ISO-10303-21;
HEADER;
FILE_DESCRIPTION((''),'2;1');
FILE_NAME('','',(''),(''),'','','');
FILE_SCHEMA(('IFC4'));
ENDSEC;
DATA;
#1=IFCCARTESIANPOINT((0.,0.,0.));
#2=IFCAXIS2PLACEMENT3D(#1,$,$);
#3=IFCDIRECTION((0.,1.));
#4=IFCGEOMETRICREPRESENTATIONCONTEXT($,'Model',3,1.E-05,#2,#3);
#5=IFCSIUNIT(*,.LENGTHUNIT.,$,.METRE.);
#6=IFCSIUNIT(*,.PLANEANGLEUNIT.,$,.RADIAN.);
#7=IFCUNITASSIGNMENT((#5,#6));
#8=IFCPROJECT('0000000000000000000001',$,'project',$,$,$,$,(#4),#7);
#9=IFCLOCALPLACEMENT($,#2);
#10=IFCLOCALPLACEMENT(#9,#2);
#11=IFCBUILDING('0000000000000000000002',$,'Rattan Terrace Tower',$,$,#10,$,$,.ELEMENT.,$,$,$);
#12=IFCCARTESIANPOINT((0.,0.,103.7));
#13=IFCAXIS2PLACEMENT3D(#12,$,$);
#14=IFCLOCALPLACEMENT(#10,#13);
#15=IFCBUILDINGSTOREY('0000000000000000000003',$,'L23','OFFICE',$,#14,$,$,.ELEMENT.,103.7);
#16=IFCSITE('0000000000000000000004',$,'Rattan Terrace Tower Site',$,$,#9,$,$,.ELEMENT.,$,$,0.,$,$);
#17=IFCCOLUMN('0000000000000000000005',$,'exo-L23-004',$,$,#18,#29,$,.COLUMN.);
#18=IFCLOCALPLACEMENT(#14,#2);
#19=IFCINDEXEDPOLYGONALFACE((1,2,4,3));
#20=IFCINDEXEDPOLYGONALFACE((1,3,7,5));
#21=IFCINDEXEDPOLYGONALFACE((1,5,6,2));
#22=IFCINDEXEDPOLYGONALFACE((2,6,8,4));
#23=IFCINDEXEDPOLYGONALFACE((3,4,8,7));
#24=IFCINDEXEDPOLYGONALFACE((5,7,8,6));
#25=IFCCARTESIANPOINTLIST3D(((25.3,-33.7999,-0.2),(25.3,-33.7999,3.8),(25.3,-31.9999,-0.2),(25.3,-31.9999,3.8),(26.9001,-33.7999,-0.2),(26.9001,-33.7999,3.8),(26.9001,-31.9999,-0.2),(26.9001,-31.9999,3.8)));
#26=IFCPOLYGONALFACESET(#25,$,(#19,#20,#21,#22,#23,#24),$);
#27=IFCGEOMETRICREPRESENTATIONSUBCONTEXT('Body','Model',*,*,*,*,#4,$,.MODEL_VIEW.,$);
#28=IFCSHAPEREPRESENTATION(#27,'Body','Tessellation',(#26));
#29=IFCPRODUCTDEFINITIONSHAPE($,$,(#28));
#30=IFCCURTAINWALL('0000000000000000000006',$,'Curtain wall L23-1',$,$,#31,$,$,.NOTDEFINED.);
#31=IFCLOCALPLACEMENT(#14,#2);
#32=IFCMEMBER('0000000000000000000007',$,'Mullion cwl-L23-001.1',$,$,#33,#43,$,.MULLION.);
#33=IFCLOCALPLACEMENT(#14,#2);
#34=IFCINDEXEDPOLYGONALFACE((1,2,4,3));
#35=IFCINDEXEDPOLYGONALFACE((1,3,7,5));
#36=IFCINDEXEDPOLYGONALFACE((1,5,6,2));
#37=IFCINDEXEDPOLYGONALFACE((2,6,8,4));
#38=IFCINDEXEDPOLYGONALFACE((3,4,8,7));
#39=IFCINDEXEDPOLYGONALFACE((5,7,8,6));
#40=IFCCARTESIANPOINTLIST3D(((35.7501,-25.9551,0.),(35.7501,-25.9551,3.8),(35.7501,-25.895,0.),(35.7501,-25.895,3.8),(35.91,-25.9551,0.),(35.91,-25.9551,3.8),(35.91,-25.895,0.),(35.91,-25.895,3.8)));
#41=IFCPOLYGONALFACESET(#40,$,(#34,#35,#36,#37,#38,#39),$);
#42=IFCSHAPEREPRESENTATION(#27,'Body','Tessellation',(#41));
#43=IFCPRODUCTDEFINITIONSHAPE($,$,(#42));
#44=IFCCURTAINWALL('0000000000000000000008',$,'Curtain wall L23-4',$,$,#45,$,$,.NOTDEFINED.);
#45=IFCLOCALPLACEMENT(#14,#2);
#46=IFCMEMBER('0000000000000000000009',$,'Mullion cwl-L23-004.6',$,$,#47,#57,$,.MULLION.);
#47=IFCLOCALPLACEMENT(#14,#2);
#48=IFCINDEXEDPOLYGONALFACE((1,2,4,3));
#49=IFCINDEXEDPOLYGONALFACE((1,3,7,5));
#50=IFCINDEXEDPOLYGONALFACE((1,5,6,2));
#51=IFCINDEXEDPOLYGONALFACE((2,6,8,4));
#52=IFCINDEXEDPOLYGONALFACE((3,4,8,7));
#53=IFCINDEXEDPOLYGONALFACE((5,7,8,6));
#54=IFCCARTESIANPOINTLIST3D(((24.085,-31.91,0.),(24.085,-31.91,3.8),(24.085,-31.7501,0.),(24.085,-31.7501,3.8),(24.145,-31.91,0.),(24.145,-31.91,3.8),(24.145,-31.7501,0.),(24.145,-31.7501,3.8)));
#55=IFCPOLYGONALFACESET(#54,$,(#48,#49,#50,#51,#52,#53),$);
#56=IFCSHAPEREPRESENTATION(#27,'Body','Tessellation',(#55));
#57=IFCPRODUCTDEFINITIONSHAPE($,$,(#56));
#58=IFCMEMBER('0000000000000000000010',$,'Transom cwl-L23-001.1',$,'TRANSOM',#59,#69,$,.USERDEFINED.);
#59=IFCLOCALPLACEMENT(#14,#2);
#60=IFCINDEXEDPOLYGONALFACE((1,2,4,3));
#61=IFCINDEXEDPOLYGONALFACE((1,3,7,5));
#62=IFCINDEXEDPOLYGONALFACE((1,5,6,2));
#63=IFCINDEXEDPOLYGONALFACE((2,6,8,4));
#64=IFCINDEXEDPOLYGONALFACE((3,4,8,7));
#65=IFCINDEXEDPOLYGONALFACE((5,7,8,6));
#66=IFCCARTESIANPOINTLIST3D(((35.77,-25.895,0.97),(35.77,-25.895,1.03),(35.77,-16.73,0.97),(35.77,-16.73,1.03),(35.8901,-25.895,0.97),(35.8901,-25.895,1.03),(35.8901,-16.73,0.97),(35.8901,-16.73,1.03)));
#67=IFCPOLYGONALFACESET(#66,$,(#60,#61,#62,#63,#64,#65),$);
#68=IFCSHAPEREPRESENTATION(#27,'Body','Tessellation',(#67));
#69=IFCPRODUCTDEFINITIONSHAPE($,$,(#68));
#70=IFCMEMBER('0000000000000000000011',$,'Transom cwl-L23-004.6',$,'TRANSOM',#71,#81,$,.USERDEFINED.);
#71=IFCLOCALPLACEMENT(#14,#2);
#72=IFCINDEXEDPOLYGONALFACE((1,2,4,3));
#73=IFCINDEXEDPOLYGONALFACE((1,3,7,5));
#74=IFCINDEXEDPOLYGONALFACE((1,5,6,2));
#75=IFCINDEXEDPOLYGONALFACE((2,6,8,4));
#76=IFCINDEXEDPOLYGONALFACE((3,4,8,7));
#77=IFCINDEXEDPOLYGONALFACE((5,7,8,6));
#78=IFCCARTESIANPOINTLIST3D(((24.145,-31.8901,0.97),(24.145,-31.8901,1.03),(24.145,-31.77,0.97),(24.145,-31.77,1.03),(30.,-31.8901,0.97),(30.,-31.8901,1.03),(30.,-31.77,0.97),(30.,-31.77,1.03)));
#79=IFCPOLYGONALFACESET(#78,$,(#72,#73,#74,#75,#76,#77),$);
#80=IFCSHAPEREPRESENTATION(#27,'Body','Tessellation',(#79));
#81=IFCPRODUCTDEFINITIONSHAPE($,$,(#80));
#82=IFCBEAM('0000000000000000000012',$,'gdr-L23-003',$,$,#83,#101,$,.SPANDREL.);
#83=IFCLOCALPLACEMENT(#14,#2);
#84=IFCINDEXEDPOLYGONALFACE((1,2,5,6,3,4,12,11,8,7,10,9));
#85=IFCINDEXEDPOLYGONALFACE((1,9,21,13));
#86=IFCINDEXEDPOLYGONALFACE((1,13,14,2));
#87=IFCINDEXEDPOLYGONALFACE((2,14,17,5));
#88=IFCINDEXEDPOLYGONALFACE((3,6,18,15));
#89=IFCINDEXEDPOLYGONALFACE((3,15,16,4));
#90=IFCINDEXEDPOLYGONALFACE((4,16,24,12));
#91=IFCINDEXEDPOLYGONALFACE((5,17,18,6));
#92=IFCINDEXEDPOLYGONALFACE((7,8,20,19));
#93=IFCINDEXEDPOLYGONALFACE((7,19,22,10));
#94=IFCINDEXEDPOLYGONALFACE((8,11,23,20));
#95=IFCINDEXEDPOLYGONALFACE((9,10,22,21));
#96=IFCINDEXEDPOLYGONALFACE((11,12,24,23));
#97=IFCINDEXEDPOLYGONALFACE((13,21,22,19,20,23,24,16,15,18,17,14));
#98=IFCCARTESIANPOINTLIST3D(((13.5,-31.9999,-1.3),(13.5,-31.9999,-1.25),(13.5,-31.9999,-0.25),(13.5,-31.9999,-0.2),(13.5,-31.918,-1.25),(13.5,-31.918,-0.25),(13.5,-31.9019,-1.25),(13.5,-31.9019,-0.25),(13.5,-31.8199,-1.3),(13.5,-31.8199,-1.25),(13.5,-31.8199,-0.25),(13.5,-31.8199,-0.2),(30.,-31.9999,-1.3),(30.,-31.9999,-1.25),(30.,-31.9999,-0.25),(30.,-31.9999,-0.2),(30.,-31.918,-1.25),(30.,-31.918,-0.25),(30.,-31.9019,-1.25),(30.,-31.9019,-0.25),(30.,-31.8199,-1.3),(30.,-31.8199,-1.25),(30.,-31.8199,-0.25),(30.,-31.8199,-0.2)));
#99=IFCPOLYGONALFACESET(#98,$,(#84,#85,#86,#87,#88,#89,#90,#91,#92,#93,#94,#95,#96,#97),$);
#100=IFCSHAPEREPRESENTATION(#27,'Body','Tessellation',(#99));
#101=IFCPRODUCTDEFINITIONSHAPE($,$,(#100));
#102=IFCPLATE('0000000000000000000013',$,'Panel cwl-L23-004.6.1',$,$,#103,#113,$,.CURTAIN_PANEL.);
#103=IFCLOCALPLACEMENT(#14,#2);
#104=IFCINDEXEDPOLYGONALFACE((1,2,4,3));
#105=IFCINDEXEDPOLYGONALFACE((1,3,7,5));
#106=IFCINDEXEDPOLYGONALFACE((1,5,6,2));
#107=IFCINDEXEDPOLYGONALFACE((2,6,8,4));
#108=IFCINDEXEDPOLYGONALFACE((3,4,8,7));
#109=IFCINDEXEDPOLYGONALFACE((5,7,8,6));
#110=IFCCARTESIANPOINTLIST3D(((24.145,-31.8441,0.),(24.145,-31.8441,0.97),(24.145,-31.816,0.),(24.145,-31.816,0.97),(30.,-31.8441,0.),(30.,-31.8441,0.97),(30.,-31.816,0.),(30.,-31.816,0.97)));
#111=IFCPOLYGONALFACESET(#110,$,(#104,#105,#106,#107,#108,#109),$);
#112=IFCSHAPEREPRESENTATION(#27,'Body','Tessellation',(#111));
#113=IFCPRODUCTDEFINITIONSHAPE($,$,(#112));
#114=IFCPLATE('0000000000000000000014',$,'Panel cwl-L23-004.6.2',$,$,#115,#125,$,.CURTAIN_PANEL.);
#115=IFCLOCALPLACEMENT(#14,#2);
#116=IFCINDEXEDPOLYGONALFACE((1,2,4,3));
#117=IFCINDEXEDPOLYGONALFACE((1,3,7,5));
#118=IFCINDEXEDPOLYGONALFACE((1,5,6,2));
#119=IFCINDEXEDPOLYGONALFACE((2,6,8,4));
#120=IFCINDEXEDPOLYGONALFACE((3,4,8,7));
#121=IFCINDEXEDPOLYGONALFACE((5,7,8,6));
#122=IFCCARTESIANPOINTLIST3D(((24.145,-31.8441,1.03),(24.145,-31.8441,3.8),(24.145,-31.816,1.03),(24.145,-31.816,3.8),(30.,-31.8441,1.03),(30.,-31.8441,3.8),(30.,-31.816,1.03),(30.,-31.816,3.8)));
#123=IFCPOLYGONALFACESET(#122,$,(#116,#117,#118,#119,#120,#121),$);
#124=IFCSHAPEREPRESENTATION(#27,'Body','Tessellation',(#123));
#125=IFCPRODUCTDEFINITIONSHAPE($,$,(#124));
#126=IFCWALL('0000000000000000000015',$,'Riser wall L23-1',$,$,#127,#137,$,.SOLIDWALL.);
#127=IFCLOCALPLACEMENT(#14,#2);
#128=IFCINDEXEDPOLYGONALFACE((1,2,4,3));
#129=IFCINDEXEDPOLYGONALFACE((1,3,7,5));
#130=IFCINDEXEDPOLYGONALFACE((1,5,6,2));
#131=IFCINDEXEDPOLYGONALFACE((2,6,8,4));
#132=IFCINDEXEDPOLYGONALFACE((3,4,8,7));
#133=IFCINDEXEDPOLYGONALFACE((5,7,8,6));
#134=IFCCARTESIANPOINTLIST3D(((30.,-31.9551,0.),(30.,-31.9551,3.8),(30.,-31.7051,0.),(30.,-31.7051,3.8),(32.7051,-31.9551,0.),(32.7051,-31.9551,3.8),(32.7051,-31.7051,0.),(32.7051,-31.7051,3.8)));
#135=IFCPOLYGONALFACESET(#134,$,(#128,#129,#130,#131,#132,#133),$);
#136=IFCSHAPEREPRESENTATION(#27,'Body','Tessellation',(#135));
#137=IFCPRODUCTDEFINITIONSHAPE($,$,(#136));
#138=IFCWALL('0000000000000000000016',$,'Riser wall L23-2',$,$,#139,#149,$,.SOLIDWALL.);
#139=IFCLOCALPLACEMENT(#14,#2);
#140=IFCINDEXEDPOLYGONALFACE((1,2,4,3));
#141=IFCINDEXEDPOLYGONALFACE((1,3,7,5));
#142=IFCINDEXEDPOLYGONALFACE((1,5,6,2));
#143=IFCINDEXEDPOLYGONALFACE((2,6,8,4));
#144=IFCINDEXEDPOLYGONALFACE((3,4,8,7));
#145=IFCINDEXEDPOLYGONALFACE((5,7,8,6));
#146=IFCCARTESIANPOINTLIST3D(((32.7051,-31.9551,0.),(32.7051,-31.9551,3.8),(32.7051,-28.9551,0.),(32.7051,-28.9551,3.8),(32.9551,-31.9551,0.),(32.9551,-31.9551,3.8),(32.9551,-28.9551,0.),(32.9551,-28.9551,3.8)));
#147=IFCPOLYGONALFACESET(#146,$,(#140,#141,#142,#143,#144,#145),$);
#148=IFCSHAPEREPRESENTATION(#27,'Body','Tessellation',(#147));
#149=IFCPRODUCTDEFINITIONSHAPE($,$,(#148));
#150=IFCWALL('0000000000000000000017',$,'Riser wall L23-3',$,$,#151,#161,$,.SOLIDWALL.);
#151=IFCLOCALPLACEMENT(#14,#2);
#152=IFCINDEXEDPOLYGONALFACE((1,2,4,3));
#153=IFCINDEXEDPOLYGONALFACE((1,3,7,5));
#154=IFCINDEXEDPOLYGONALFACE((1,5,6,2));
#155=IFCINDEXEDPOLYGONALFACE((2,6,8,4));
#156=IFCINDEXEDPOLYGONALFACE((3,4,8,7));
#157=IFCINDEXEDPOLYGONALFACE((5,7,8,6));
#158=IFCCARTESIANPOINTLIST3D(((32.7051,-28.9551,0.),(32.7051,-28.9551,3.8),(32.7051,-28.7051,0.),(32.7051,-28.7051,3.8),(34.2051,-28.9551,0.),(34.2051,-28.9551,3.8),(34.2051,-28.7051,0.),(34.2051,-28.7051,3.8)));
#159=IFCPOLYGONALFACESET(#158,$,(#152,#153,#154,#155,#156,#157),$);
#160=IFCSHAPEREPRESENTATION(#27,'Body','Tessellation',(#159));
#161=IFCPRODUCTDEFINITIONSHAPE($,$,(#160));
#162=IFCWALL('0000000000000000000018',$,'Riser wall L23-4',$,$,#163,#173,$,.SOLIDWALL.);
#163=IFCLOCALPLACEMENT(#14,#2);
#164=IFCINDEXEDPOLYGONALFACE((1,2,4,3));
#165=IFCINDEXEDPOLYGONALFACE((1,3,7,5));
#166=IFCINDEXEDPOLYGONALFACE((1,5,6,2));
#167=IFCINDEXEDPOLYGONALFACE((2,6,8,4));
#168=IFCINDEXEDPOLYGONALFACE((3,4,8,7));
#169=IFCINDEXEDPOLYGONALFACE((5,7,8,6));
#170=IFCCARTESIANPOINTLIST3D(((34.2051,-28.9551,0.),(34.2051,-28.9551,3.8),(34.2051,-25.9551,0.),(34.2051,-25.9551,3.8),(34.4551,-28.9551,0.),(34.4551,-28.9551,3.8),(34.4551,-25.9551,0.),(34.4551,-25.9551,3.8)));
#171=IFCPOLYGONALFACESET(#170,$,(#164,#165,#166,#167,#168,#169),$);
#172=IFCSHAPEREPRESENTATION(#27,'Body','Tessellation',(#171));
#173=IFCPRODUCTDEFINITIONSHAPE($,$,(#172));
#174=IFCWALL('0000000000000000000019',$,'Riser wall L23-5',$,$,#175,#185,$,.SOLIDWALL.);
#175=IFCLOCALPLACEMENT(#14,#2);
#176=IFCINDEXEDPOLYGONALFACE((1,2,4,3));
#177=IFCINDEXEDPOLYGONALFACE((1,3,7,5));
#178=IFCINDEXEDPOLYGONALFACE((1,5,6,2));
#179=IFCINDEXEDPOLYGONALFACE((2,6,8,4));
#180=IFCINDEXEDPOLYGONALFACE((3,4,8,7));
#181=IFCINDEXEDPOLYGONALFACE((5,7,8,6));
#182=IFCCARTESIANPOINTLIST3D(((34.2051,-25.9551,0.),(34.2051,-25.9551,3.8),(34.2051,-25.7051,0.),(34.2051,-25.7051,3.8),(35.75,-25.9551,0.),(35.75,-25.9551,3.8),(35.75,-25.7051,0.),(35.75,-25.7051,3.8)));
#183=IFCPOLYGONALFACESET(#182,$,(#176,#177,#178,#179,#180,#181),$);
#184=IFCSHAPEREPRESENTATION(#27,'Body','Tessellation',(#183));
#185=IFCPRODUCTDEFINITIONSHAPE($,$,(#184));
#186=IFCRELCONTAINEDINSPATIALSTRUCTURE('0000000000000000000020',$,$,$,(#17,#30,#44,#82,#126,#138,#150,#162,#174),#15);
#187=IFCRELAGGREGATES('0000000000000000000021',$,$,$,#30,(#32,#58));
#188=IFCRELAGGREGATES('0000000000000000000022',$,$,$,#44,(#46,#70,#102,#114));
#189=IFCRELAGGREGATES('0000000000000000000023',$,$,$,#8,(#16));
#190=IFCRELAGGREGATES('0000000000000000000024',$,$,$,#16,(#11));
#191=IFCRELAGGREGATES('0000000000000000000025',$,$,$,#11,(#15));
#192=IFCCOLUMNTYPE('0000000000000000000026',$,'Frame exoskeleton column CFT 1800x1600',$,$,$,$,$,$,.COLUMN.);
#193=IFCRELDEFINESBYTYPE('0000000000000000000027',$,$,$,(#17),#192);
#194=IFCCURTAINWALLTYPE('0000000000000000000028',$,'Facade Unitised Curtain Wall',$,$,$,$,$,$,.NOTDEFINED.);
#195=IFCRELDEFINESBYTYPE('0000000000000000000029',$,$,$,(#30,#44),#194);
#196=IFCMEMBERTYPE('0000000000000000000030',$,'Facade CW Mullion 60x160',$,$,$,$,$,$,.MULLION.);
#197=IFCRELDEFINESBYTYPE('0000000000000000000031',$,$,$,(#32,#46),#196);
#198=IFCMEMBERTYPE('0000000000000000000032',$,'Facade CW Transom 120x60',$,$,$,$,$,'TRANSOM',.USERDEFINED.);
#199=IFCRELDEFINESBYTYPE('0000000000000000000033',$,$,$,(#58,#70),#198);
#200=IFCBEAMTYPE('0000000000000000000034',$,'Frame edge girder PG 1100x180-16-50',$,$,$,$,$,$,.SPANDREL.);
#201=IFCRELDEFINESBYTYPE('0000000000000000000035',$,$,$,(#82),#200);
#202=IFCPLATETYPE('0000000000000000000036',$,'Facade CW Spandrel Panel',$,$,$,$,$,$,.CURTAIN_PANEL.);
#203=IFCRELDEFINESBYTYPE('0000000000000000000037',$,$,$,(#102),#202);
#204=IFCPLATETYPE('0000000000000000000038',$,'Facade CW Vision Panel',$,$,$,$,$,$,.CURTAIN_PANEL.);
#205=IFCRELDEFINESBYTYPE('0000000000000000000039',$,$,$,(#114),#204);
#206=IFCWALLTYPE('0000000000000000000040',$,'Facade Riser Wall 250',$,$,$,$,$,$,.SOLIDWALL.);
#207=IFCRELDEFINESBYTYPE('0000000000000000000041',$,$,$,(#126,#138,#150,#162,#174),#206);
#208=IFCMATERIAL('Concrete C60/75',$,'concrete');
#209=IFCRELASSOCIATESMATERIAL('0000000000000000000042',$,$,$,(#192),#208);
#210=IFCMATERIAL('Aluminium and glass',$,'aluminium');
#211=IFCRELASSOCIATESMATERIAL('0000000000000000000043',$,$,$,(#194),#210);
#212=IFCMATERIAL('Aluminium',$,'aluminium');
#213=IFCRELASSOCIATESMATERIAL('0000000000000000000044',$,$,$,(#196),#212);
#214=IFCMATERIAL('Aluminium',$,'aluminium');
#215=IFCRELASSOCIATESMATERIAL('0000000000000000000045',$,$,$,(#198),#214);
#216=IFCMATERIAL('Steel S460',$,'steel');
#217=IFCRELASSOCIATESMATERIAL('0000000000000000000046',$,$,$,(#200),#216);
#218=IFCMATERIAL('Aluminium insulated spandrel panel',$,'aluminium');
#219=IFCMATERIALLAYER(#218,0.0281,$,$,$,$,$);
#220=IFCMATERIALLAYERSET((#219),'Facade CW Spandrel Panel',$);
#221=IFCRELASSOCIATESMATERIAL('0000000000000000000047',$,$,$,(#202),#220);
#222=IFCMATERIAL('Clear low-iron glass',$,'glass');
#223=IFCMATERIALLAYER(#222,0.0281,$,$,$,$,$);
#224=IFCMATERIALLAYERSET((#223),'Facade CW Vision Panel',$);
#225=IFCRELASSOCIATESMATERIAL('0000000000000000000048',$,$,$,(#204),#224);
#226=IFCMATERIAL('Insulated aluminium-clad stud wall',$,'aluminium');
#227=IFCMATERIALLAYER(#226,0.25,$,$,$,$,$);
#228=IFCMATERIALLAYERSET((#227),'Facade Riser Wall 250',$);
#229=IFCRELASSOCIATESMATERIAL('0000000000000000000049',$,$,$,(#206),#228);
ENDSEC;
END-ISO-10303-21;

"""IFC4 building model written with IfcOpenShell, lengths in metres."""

from ifc_helpers import new_model, si_unit, direction, frame, frame_2d, origin, origin_2d, place, context, subcontext, project, spatial, rectangle, i_section, extrude, material, layer, layer_set, material_profile, profile_set, type_object, element, aggregate, save


model = new_model("IFC4")

# Units and contexts
model_context = context("Model", 3, precision=1e-05, world=origin(), true_north=direction((0.0, 1.0)))
body_context = subcontext(model_context, "Body", "Model", "MODEL_VIEW")
ifc_project = project(units=[si_unit("LENGTHUNIT", "METRE"), si_unit("PLANEANGLEUNIT", "RADIAN")], contexts=[model_context])

# Site, building, storey
site_placement = place(None, origin())
site = spatial("IfcSite", under=ifc_project, at=site_placement, Name="Rattan Terrace Tower Site", CompositionType="ELEMENT", RefElevation=0.0)
building_placement = place(site_placement, origin())
building = spatial("IfcBuilding", under=site, at=building_placement, Name="Rattan Terrace Tower", CompositionType="ELEMENT")
storey_placement = place(building_placement, frame((0.0, 0.0, 103.7)))
storey = spatial("IfcBuildingStorey", under=building, at=storey_placement, Name="L23", Description="OFFICE", CompositionType="ELEMENT", Elevation=103.7)

# Column
ifc_material_1 = material(Name="Concrete C60/75", Category="concrete")
ifc_material_profile_1 = material_profile(ifc_material_1, rectangle(XDim=1.6001, YDim=1.8, at=origin_2d()), Name="CFT 1800x1600")
ifc_profile_set_1 = profile_set([ifc_material_profile_1], Name="Concrete C60/75")
column_type = type_object("IfcColumnType", Name="Frame exoskeleton column CFT 1800x1600", PredefinedType="COLUMN", material=ifc_profile_set_1)
column_placement = place(storey_placement, frame((26.1001, -32.8999, -0.2), z_axis=(0.0, 0.0, 1.0), x_axis=(1.0, 0.0, 0.0)))
element("IfcColumn", 1, at=column_placement, inside=storey, type_object=column_type, Name="exo-L23-004", PredefinedType="COLUMN", context=body_context, shape_type="SweptSolid", body=[
    extrude(rectangle(XDim=1.6001, YDim=1.8, at=origin_2d()), origin(), (0.0, 0.0, 1.0), 4.0),
])

# Curtain walls, members
ifc_material_2 = material(Name="Aluminium and glass", Category="aluminium")
curtain_wall_type = type_object("IfcCurtainWallType", Name="Facade Unitised Curtain Wall", PredefinedType="NOTDEFINED", material=ifc_material_2)
curtain_wall_1_placement = place(storey_placement, origin())
curtain_wall_1 = element("IfcCurtainWall", 2, at=curtain_wall_1_placement, inside=storey, type_object=curtain_wall_type, Name="Curtain wall L23-1", PredefinedType="NOTDEFINED")
ifc_material_3 = material(Name="Aluminium", Category="aluminium")
ifc_material_profile_2 = material_profile(ifc_material_3, rectangle(XDim=0.0601, YDim=0.1599, at=origin_2d()), Name="Aluminium 60x160")
ifc_profile_set_2 = profile_set([ifc_material_profile_2], Name="Aluminium")
member_type_1 = type_object("IfcMemberType", Name="Facade CW Mullion 60x160", PredefinedType="MULLION", material=ifc_profile_set_2)
member_1_placement = place(storey_placement, frame((35.8301, -25.925, 0.0), z_axis=(0.0, 0.0, 1.0), x_axis=(0.0, 1.0, 0.0)))
member_1 = element("IfcMember", 3, at=member_1_placement, type_object=member_type_1, Name="Mullion cwl-L23-001.1", PredefinedType="MULLION", context=body_context, shape_type="SweptSolid", body=[
    extrude(rectangle(XDim=0.0601, YDim=0.1599, at=origin_2d()), origin(), (0.0, 0.0, 1.0), 3.8),
])
curtain_wall_2_placement = place(storey_placement, origin())
curtain_wall_2 = element("IfcCurtainWall", 4, at=curtain_wall_2_placement, inside=storey, type_object=curtain_wall_type, Name="Curtain wall L23-4", PredefinedType="NOTDEFINED")
member_2_placement = place(storey_placement, frame((24.115, -31.8301, 0.0), z_axis=(0.0, 0.0, 1.0), x_axis=(1.0, 0.0, 0.0)))
member_2 = element("IfcMember", 5, at=member_2_placement, type_object=member_type_1, Name="Mullion cwl-L23-004.6", PredefinedType="MULLION", context=body_context, shape_type="SweptSolid", body=[
    extrude(rectangle(XDim=0.0601, YDim=0.1599, at=origin_2d()), origin(), (0.0, 0.0, 1.0), 3.8),
])

# Members
ifc_material_4 = material(Name="Aluminium", Category="aluminium")
ifc_material_profile_3 = material_profile(ifc_material_4, rectangle(XDim=0.1201, YDim=0.0601, at=origin_2d()), Name="Aluminium 120x60")
ifc_profile_set_3 = profile_set([ifc_material_profile_3], Name="Aluminium")
member_type_2 = type_object("IfcMemberType", Name="Facade CW Transom 120x60", ElementType="TRANSOM", PredefinedType="USERDEFINED", material=ifc_profile_set_3)
member_3_placement = place(storey_placement, frame((35.8301, -25.895, 1.0), z_axis=(0.0, 1.0, 0.0), x_axis=(-1.0, 0.0, 0.0)))
member_3 = element("IfcMember", 6, at=member_3_placement, type_object=member_type_2, Name="Transom cwl-L23-001.1", ObjectType="TRANSOM", PredefinedType="USERDEFINED", context=body_context, shape_type="SweptSolid", body=[
    extrude(rectangle(XDim=0.1201, YDim=0.0601, at=origin_2d()), origin(), (0.0, 0.0, 1.0), 9.165),
])
aggregate(curtain_wall_1, [member_1, member_3])
member_4_placement = place(storey_placement, frame((24.145, -31.8301, 1.0), z_axis=(1.0, 0.0, 0.0), x_axis=(0.0, 1.0, 0.0)))
member_4 = element("IfcMember", 7, at=member_4_placement, type_object=member_type_2, Name="Transom cwl-L23-004.6", ObjectType="TRANSOM", PredefinedType="USERDEFINED", context=body_context, shape_type="SweptSolid", body=[
    extrude(rectangle(XDim=0.1201, YDim=0.0601, at=origin_2d()), origin(), (0.0, 0.0, 1.0), 5.855),
])

# Beam
ifc_material_5 = material(Name="Steel S460", Category="steel")
ifc_material_profile_4 = material_profile(ifc_material_5, i_section(OverallWidth=0.1799, OverallDepth=1.1001, WebThickness=0.0161, FlangeThickness=0.05, at=origin_2d()), Name="PG 1100x180-16-50")
ifc_profile_set_4 = profile_set([ifc_material_profile_4], Name="Steel S460")
beam_type = type_object("IfcBeamType", Name="Frame edge girder PG 1100x180-16-50", PredefinedType="SPANDREL", material=ifc_profile_set_4)
beam_placement = place(storey_placement, frame((30.0, -31.9099, -0.75), z_axis=(-1.0, 0.0, 0.0), x_axis=(0.0, -1.0, 0.0)))
element("IfcBeam", 8, at=beam_placement, inside=storey, type_object=beam_type, Name="gdr-L23-003", PredefinedType="SPANDREL", context=body_context, shape_type="SweptSolid", body=[
    extrude(i_section(OverallWidth=0.1799, OverallDepth=1.1001, WebThickness=0.0161, FlangeThickness=0.05, at=origin_2d()), origin(), (0.0, 0.0, 1.0), 16.5),
])

# Plates
ifc_material_6 = material(Name="Aluminium insulated spandrel panel", Category="aluminium")
ifc_layer_1 = layer(ifc_material_6, 0.0281)
ifc_layer_set_1 = layer_set([ifc_layer_1], Name="Facade CW Spandrel Panel")
plate_type_1 = type_object("IfcPlateType", Name="Facade CW Spandrel Panel", PredefinedType="CURTAIN_PANEL", material=ifc_layer_set_1)
plate_1_placement = place(storey_placement, frame((27.0725, -31.8301, 0.0), z_axis=(0.0, 0.0, 1.0), x_axis=(1.0, 0.0, 0.0)))
plate_1 = element("IfcPlate", 9, at=plate_1_placement, type_object=plate_type_1, Name="Panel cwl-L23-004.6.1", PredefinedType="CURTAIN_PANEL", context=body_context, shape_type="SweptSolid", body=[
    extrude(rectangle(XDim=5.855, YDim=0.0281, at=origin_2d()), origin(), (0.0, 0.0, 1.0), 0.97),
])
ifc_material_7 = material(Name="Clear low-iron glass", Category="glass")
ifc_layer_2 = layer(ifc_material_7, 0.0281)
ifc_layer_set_2 = layer_set([ifc_layer_2], Name="Facade CW Vision Panel")
plate_type_2 = type_object("IfcPlateType", Name="Facade CW Vision Panel", PredefinedType="CURTAIN_PANEL", material=ifc_layer_set_2)
plate_2_placement = place(storey_placement, frame((27.0725, -31.8301, 1.03), z_axis=(0.0, 0.0, 1.0), x_axis=(1.0, 0.0, 0.0)))
plate_2 = element("IfcPlate", 10, at=plate_2_placement, type_object=plate_type_2, Name="Panel cwl-L23-004.6.2", PredefinedType="CURTAIN_PANEL", context=body_context, shape_type="SweptSolid", body=[
    extrude(rectangle(XDim=5.855, YDim=0.0281, at=origin_2d()), origin(), (0.0, 0.0, 1.0), 2.77),
])
aggregate(curtain_wall_2, [member_2, member_4, plate_1, plate_2])

# Walls
ifc_material_8 = material(Name="Insulated aluminium-clad stud wall", Category="aluminium")
ifc_layer_3 = layer(ifc_material_8, 0.25)
ifc_layer_set_3 = layer_set([ifc_layer_3], Name="Facade Riser Wall 250")
wall_type_1 = type_object("IfcWallType", Name="Facade Riser Wall 250", PredefinedType="SOLIDWALL", material=ifc_layer_set_3)
wall_1_placement = place(storey_placement, frame((30.0, -31.8301, 0.0), z_axis=(0.0, 0.0, 1.0), x_axis=(1.0, 0.0, 0.0)))
element("IfcWall", 11, at=wall_1_placement, inside=storey, type_object=wall_type_1, Name="Riser wall L23-1", PredefinedType="SOLIDWALL", context=body_context, shape_type="SweptSolid", body=[
    extrude(rectangle(XDim=2.7051, YDim=0.25, at=frame_2d((1.3525, 0.0))), origin(), (0.0, 0.0, 1.0), 3.8),
])
wall_2_placement = place(storey_placement, frame((32.8301, -31.9551, 0.0), z_axis=(0.0, 0.0, 1.0), x_axis=(0.0, 1.0, 0.0)))
element("IfcWall", 12, at=wall_2_placement, inside=storey, type_object=wall_type_1, Name="Riser wall L23-2", PredefinedType="SOLIDWALL", context=body_context, shape_type="SweptSolid", body=[
    extrude(rectangle(XDim=3.0, YDim=0.25, at=frame_2d((1.5, 0.0))), origin(), (0.0, 0.0, 1.0), 3.8),
])
wall_3_placement = place(storey_placement, frame((32.7051, -28.8301, 0.0), z_axis=(0.0, 0.0, 1.0), x_axis=(1.0, 0.0, 0.0)))
element("IfcWall", 13, at=wall_3_placement, inside=storey, type_object=wall_type_1, Name="Riser wall L23-3", PredefinedType="SOLIDWALL", context=body_context, shape_type="SweptSolid", body=[
    extrude(rectangle(XDim=1.5, YDim=0.25, at=frame_2d((0.75, 0.0))), origin(), (0.0, 0.0, 1.0), 3.8),
])
wall_4_placement = place(storey_placement, frame((34.3301, -28.9551, 0.0), z_axis=(0.0, 0.0, 1.0), x_axis=(0.0, 1.0, 0.0)))
element("IfcWall", 14, at=wall_4_placement, inside=storey, type_object=wall_type_1, Name="Riser wall L23-4", PredefinedType="SOLIDWALL", context=body_context, shape_type="SweptSolid", body=[
    extrude(rectangle(XDim=3.0, YDim=0.25, at=frame_2d((1.5, 0.0))), origin(), (0.0, 0.0, 1.0), 3.8),
])
wall_5_placement = place(storey_placement, frame((34.2051, -25.8301, 0.0), z_axis=(0.0, 0.0, 1.0), x_axis=(1.0, 0.0, 0.0)))
element("IfcWall", 15, at=wall_5_placement, inside=storey, type_object=wall_type_1, Name="Riser wall L23-5", PredefinedType="SOLIDWALL", context=body_context, shape_type="SweptSolid", body=[
    extrude(rectangle(XDim=1.5449, YDim=0.25, at=frame_2d((0.7725, 0.0))), origin(), (0.0, 0.0, 1.0), 3.8),
])

save(model, "model.ifc")
